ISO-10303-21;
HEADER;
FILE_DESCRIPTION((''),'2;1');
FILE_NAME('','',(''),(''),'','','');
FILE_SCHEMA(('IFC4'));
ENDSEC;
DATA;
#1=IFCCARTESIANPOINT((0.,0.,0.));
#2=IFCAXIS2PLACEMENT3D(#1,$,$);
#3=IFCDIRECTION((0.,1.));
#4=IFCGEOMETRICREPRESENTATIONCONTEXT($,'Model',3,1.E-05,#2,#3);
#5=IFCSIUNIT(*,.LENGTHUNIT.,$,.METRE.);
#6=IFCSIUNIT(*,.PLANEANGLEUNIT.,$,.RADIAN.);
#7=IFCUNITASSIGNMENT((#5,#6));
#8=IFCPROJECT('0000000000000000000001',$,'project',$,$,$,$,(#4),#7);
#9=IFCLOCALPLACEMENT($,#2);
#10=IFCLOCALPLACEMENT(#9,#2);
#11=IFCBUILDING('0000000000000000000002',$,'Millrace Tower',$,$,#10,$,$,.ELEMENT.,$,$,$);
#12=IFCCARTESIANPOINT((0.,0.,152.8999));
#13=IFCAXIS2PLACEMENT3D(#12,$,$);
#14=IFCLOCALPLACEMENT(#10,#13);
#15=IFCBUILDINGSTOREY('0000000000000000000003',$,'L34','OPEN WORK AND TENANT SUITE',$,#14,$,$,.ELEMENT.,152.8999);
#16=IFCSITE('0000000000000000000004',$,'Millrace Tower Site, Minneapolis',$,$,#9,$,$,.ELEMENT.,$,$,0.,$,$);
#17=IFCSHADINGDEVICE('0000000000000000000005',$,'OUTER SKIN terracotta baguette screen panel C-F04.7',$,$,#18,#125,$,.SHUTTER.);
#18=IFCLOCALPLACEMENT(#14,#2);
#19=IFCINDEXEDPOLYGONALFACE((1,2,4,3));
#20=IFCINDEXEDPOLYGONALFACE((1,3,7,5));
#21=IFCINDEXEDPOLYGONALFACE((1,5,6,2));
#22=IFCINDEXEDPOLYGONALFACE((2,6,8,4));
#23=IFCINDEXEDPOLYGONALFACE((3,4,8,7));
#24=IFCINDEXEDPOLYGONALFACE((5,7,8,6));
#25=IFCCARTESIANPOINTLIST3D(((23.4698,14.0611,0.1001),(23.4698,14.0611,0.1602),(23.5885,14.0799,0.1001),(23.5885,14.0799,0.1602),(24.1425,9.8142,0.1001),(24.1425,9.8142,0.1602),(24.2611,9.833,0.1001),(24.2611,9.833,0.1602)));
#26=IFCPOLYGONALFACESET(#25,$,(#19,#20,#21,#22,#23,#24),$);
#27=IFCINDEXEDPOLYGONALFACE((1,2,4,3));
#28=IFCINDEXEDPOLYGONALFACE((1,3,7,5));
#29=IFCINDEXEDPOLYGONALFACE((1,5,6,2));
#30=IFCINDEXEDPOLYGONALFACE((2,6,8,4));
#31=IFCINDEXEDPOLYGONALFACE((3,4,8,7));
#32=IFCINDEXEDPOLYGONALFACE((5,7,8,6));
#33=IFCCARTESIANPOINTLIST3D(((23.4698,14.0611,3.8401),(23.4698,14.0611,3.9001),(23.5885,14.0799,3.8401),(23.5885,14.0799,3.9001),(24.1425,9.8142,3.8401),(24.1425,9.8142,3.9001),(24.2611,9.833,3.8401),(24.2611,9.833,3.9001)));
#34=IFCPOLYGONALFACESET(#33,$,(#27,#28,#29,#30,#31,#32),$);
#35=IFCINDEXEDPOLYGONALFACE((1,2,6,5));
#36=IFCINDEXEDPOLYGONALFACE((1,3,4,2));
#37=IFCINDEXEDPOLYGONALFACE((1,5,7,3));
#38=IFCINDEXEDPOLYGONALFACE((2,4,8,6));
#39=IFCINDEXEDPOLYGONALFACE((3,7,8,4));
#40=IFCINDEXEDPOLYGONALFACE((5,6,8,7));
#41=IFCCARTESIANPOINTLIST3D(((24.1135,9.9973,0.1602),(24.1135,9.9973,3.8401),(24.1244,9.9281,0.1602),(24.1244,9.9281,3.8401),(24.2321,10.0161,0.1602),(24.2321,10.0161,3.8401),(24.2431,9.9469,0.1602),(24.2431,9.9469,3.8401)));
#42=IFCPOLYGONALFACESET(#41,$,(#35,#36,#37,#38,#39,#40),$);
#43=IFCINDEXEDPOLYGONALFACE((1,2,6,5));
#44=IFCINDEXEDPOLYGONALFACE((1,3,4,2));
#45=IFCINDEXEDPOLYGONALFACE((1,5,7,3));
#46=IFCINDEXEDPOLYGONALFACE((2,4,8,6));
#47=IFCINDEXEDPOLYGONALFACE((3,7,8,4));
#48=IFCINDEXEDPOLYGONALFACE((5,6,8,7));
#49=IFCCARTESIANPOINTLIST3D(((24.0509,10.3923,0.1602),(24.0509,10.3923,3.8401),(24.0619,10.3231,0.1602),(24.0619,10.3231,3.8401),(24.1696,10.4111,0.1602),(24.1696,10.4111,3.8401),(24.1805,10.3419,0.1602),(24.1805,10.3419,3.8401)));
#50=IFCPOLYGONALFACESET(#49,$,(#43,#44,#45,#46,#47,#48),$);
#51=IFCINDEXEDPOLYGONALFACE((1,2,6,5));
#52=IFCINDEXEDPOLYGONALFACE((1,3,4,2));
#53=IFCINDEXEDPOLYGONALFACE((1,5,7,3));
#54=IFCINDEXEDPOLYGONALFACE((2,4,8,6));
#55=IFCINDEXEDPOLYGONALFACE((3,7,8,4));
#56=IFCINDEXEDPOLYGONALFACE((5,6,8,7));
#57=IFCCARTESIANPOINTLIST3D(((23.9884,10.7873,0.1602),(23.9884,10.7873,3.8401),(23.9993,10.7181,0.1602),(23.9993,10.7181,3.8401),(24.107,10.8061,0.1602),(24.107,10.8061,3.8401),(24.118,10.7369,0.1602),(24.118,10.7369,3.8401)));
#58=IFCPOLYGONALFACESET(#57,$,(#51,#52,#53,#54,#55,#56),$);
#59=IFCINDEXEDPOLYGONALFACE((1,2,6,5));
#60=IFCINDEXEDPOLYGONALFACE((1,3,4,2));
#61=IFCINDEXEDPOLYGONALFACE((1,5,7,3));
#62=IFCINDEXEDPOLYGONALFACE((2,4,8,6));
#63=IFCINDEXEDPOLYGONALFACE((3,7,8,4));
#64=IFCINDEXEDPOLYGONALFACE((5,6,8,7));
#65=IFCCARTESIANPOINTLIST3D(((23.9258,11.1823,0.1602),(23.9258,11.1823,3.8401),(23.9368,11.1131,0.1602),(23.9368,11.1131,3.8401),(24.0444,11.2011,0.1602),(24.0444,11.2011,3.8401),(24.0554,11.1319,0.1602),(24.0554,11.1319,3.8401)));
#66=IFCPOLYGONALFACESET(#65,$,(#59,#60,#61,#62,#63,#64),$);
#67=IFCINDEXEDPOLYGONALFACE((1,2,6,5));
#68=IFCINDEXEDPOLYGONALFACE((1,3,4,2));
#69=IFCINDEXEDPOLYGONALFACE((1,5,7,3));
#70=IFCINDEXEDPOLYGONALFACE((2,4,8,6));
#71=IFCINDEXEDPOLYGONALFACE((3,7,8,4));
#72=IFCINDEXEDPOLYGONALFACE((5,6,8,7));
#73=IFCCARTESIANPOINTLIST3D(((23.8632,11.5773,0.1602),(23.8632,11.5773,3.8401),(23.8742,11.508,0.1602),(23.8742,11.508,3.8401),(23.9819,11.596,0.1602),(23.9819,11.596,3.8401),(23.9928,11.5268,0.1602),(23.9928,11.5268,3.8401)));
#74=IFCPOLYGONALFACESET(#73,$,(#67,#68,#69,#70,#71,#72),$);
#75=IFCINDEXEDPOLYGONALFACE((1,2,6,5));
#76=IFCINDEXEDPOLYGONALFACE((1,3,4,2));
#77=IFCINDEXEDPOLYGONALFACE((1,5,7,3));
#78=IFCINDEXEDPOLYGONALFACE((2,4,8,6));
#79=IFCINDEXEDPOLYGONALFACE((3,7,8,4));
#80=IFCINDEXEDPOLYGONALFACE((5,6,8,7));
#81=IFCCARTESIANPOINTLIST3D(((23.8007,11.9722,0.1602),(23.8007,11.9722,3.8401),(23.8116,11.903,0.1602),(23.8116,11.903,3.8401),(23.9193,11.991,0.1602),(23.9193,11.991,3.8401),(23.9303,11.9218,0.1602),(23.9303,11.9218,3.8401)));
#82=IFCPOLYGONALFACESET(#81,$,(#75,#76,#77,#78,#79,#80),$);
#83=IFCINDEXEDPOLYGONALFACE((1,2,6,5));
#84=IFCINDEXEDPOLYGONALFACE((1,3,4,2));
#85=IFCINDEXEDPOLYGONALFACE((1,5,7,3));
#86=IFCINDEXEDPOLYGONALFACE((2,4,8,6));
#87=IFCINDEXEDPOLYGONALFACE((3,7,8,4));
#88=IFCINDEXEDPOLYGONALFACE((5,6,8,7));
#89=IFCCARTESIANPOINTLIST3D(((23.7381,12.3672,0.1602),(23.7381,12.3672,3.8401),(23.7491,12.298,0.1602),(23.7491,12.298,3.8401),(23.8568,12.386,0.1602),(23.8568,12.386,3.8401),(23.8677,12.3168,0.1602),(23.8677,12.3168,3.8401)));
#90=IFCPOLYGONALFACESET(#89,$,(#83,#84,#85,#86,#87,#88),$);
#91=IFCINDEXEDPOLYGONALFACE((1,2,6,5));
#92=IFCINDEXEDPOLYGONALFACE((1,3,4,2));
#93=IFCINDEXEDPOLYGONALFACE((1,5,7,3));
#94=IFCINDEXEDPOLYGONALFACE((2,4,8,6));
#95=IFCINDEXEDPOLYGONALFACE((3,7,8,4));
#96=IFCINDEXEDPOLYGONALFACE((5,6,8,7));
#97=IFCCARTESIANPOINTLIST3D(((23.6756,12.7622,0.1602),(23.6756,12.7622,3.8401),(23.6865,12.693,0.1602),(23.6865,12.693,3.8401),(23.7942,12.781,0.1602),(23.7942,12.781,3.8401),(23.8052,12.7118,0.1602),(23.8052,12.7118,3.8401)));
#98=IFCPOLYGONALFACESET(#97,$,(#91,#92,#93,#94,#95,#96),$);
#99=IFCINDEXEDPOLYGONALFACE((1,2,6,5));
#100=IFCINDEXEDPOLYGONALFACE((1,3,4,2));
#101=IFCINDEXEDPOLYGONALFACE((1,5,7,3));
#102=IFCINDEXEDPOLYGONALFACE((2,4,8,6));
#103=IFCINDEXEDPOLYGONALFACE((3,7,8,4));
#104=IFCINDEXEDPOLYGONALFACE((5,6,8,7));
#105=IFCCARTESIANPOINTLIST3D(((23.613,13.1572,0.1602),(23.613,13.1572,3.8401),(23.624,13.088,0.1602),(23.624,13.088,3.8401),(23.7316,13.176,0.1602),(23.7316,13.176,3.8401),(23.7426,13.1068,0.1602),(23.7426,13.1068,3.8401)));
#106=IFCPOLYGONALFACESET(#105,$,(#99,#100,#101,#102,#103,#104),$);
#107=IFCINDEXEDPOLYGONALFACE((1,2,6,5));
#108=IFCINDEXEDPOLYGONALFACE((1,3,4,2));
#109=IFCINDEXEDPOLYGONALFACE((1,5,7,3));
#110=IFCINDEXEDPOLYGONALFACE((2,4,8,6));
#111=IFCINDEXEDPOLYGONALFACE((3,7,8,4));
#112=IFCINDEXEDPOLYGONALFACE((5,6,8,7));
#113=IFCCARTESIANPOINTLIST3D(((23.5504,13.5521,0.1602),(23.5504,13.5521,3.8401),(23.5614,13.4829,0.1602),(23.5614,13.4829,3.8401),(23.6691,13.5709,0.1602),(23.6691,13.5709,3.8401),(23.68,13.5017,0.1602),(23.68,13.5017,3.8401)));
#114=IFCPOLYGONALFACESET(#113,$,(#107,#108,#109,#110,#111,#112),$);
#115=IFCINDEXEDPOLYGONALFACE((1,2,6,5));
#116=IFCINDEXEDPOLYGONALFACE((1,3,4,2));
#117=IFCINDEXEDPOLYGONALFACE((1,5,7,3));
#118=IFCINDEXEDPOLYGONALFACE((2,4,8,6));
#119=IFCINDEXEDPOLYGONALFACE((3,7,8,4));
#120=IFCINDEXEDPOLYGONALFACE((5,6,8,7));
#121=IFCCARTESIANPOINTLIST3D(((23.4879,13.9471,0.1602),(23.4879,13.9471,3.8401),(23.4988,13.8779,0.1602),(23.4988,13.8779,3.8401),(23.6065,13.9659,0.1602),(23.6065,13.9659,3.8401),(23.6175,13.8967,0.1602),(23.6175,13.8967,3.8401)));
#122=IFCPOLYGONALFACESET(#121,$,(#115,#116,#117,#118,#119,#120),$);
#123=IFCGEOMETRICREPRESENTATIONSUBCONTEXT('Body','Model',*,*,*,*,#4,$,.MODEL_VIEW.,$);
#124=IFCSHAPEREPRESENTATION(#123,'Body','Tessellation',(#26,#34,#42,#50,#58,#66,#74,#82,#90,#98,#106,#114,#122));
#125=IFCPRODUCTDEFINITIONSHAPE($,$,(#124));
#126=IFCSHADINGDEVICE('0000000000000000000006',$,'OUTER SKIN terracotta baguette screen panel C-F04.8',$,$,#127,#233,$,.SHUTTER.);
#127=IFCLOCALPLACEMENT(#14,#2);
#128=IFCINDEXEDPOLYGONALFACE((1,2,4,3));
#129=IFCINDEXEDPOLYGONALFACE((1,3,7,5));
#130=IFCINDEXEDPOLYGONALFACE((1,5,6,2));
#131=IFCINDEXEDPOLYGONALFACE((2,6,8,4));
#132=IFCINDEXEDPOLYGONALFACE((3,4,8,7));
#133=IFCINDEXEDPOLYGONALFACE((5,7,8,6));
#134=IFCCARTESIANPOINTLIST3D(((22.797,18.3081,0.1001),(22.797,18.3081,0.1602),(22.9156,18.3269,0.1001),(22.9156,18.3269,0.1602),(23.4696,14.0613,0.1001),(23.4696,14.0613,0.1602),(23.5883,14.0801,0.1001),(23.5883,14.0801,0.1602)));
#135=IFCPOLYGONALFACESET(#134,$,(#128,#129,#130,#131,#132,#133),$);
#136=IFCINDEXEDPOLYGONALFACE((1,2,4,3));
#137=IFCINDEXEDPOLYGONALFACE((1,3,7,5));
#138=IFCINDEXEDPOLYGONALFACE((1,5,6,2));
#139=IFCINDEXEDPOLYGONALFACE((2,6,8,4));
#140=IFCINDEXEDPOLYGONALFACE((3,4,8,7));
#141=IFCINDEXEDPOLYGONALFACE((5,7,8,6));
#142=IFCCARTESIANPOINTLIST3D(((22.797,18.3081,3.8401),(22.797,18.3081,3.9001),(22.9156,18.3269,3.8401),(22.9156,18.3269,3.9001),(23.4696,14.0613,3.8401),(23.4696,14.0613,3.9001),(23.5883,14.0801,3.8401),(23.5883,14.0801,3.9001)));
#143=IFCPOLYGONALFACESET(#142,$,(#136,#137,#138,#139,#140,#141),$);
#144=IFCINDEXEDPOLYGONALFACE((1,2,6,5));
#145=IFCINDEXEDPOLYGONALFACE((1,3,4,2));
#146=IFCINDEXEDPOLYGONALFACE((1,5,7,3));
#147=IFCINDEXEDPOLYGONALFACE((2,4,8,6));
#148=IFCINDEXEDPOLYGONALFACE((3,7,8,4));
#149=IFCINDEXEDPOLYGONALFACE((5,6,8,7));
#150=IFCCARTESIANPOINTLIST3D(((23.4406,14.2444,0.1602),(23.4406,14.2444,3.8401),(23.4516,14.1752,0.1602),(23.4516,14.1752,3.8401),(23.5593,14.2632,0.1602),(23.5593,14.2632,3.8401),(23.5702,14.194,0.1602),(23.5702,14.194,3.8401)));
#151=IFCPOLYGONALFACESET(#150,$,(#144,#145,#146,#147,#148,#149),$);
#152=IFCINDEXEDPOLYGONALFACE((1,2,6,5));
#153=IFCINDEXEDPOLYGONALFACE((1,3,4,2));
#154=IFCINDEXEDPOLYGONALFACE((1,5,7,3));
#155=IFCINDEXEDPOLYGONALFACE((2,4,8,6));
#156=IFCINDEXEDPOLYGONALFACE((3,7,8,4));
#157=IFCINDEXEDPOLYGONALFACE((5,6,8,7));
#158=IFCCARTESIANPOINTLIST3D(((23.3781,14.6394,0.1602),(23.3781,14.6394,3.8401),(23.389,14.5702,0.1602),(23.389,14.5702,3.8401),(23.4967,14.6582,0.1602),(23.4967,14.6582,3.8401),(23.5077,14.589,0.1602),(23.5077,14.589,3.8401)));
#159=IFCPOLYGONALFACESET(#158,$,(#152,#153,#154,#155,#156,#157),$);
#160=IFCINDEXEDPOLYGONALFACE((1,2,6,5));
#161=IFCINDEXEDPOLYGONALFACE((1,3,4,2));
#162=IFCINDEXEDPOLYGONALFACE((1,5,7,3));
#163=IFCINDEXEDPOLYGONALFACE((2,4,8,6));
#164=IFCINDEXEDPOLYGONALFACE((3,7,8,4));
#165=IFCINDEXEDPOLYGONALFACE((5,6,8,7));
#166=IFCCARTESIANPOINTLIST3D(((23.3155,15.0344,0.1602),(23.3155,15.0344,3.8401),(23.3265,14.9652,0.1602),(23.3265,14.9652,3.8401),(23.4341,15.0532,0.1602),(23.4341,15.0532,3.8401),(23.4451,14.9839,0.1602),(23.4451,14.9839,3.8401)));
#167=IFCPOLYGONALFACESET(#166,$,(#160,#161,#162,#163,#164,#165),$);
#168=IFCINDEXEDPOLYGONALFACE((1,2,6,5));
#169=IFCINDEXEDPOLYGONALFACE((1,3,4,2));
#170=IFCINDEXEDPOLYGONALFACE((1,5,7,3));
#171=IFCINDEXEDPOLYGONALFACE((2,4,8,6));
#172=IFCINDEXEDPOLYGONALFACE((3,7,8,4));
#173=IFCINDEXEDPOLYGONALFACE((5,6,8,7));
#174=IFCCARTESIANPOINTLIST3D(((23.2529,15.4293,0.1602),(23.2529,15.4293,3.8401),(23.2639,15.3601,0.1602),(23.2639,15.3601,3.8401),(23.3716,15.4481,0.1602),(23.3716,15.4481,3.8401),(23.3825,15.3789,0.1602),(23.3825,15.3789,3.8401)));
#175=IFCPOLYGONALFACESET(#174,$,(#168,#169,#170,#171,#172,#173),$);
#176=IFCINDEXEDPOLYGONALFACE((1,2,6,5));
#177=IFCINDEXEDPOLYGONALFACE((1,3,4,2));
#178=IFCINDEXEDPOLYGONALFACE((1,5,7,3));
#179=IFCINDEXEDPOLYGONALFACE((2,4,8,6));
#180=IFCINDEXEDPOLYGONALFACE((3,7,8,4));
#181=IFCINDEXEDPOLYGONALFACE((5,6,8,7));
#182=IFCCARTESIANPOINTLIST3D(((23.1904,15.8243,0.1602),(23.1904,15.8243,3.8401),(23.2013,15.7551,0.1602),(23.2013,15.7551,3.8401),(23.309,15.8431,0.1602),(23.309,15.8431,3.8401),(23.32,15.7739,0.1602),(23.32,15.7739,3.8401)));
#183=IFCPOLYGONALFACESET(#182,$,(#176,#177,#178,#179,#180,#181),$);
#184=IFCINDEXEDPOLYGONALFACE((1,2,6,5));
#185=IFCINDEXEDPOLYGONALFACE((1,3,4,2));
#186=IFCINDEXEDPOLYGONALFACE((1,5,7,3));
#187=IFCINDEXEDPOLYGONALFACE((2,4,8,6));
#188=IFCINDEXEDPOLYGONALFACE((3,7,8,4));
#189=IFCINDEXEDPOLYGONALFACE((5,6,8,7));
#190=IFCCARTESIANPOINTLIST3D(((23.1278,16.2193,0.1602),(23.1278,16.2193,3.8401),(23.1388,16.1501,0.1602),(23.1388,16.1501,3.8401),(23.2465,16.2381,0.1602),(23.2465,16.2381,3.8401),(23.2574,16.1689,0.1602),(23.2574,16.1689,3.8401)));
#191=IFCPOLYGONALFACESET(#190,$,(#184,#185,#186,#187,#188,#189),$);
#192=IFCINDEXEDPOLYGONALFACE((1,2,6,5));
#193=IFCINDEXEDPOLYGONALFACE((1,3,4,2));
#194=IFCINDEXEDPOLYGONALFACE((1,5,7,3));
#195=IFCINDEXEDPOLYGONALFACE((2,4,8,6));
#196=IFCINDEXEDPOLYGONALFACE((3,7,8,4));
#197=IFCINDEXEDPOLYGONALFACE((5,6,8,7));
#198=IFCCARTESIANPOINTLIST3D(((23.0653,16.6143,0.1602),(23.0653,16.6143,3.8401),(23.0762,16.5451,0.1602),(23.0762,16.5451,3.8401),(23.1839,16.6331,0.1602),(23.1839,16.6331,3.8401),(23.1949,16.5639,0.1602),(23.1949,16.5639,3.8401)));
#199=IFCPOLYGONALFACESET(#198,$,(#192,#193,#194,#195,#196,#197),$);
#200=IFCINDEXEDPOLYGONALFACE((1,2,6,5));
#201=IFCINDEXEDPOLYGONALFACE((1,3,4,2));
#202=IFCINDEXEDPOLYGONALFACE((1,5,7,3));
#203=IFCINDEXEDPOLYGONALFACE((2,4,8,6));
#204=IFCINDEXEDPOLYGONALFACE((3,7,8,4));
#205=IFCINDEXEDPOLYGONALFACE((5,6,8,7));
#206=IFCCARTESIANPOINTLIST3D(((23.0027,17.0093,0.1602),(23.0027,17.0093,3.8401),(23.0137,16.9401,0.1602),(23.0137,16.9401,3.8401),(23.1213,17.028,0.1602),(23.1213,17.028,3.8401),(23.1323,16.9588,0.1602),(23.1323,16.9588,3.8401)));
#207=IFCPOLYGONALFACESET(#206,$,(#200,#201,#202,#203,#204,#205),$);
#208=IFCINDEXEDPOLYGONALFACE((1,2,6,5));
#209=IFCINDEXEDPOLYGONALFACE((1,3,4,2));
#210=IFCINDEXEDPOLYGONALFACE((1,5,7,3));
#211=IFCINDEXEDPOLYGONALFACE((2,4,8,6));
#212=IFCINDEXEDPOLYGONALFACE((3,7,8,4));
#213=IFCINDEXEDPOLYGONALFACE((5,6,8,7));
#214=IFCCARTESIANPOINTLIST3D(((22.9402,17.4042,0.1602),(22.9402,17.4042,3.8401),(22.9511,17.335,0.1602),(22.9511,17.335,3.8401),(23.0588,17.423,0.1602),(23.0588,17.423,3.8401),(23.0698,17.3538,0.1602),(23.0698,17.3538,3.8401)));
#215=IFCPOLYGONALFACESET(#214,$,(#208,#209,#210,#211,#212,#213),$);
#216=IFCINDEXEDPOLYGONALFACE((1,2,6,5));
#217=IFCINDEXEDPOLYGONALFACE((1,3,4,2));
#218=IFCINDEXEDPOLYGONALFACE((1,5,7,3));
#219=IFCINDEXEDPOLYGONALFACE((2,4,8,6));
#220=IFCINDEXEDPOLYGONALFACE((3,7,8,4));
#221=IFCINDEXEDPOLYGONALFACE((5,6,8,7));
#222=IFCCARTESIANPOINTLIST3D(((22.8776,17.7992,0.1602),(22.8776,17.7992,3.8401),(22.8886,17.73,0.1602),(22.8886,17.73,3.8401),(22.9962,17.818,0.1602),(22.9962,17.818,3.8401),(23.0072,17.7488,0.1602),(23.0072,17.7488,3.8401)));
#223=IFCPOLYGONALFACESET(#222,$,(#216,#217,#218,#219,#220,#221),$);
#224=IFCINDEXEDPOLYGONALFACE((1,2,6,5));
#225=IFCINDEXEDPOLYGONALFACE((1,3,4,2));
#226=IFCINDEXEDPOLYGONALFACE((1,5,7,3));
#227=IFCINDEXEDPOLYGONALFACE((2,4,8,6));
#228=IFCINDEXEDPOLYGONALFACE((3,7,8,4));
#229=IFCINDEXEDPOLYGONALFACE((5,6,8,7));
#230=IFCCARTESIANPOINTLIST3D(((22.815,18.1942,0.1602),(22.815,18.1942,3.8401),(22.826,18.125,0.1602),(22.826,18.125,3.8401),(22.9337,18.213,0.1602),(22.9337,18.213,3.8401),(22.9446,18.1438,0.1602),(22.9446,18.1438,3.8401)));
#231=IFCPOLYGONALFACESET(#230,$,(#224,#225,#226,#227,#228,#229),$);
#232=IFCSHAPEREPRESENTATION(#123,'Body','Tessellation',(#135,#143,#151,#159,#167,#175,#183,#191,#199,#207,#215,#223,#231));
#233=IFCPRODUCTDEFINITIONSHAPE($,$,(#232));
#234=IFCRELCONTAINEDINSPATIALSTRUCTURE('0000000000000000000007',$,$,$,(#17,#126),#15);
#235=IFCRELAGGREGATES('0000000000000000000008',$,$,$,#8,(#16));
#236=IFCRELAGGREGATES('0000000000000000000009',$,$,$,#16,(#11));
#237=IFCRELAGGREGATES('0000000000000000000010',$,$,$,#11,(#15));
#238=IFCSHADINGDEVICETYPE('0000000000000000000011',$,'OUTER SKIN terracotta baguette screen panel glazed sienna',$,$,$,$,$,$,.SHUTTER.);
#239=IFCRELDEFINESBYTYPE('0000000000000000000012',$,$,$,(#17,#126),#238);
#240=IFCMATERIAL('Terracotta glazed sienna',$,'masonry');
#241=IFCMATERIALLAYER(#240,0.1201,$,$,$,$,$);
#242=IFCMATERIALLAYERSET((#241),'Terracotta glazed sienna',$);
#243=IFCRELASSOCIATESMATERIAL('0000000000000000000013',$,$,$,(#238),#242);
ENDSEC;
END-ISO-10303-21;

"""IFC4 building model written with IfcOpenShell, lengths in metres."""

from ifc_helpers import new_model, entity, si_unit, direction, frame, frame_2d, origin, origin_2d, place, context, subcontext, project, spatial, rectangle, extrude, source, transform, mapped, material, layer, layer_set, type_object, element, save


model = new_model("IFC4")

# Units and contexts
model_context = context("Model", 3, precision=1e-05, world=origin(), true_north=direction((0.0, 1.0)))
body_context = subcontext(model_context, "Body", "Model", "MODEL_VIEW")
ifc_project = project(units=[si_unit("LENGTHUNIT", "METRE"), si_unit("PLANEANGLEUNIT", "RADIAN")], contexts=[model_context])

# Site, building, storey
site_placement = place(None, origin())
site = spatial("IfcSite", under=ifc_project, at=site_placement, Name="Millrace Tower Site, Minneapolis", CompositionType="ELEMENT", RefElevation=0.0)
building_placement = place(site_placement, origin())
building = spatial("IfcBuilding", under=site, at=building_placement, Name="Millrace Tower", CompositionType="ELEMENT")
storey_placement = place(building_placement, frame((0.0, 0.0, 152.8999)))
storey = spatial("IfcBuildingStorey", under=building, at=storey_placement, Name="L34", Description="OPEN WORK AND TENANT SUITE", CompositionType="ELEMENT", Elevation=152.8999)

# Shading devices
ifc_material_1 = material(Name="Terracotta glazed sienna", Category="masonry")
ifc_layer_1 = layer(ifc_material_1, 0.1201)
ifc_layer_set_1 = layer_set([ifc_layer_1], Name="Terracotta glazed sienna")
shading_device_type = type_object("IfcShadingDeviceType", Name="OUTER SKIN terracotta baguette screen panel glazed sienna", PredefinedType="SHUTTER", material=ifc_layer_set_1)
cartesian_point_1 = entity("IfcCartesianPoint", [-2.1499, 0.0601])
shared_polyline_1 = entity("IfcPolyline", [cartesian_point_1, entity("IfcCartesianPoint", [2.1499, 0.0601]), entity("IfcCartesianPoint", [2.1499, -0.0601]), entity("IfcCartesianPoint", [-2.1499, -0.0601]), cartesian_point_1])
shared_shape_1 = source(origin(), body_context, "Body", "SweptSolid", [
    entity("IfcExtrudedAreaSolid", entity("IfcArbitraryClosedProfileDef", "AREA", None, shared_polyline_1), entity("IfcAxis2Placement3D", entity("IfcCartesianPoint", [0.0, 0.0, 0.0])), entity("IfcDirection", [0.0, 0.0, 1.0]), 0.0601),
    entity("IfcExtrudedAreaSolid", entity("IfcArbitraryClosedProfileDef", "AREA", None, shared_polyline_1), entity("IfcAxis2Placement3D", entity("IfcCartesianPoint", [0.0, 0.0, 3.74])), entity("IfcDirection", [0.0, 0.0, 1.0]), 0.0601),
    extrude(rectangle(XDim=0.0701, YDim=0.1201, at=frame_2d((-1.9995, 0.0))), frame((0.0, 0.0, 0.0601)), (0.0, 0.0, 1.0), 3.6799),
    extrude(rectangle(XDim=0.0701, YDim=0.1201, at=frame_2d((-1.5996, 0.0))), frame((0.0, 0.0, 0.0601)), (0.0, 0.0, 1.0), 3.6799),
    extrude(rectangle(XDim=0.0701, YDim=0.1201, at=frame_2d((-1.1997, 0.0))), frame((0.0, 0.0, 0.0601)), (0.0, 0.0, 1.0), 3.6799),
    extrude(rectangle(XDim=0.0701, YDim=0.1201, at=frame_2d((-0.7998, 0.0))), frame((0.0, 0.0, 0.0601)), (0.0, 0.0, 1.0), 3.6799),
    extrude(rectangle(XDim=0.0701, YDim=0.1201, at=frame_2d((-0.3999, 0.0))), frame((0.0, 0.0, 0.0601)), (0.0, 0.0, 1.0), 3.6799),
    extrude(rectangle(XDim=0.0701, YDim=0.1201, at=origin_2d()), frame((0.0, 0.0, 0.0601)), (0.0, 0.0, 1.0), 3.6799),
    extrude(rectangle(XDim=0.0701, YDim=0.1201, at=frame_2d((0.3999, 0.0))), frame((0.0, 0.0, 0.0601)), (0.0, 0.0, 1.0), 3.6799),
    extrude(rectangle(XDim=0.0701, YDim=0.1201, at=frame_2d((0.7998, 0.0))), frame((0.0, 0.0, 0.0601)), (0.0, 0.0, 1.0), 3.6799),
    extrude(rectangle(XDim=0.0701, YDim=0.1201, at=frame_2d((1.1997, 0.0))), frame((0.0, 0.0, 0.0601)), (0.0, 0.0, 1.0), 3.6799),
    extrude(rectangle(XDim=0.0701, YDim=0.1201, at=frame_2d((1.5996, 0.0))), frame((0.0, 0.0, 0.0601)), (0.0, 0.0, 1.0), 3.6799),
    extrude(rectangle(XDim=0.0701, YDim=0.1201, at=frame_2d((1.9995, 0.0))), frame((0.0, 0.0, 0.0601)), (0.0, 0.0, 1.0), 3.6799),
])
for number, where, z_axis, x_axis, name in (
    (1, (23.8655, 11.947, 0.1001), (0.0, 0.0, 1.0), (-0.156434, 0.987688, 0.0), "OUTER SKIN terracotta baguette screen panel C-F04.7"),
    (2, (23.1926, 16.1941, 0.1001), (0.0, 0.0, 1.0), (-0.156434, 0.987688, 0.0), "OUTER SKIN terracotta baguette screen panel C-F04.8"),
):
    element("IfcShadingDevice", number, at=place(storey_placement, frame(where, z_axis=z_axis, x_axis=x_axis)), inside=storey, type_object=shading_device_type, Name=name, PredefinedType="SHUTTER", context=body_context, shape_type="MappedRepresentation", body=[
        mapped(shared_shape_1, transform((0.0, 0.0, 0.0), scale=1.0)),
    ])

save(model, "model.ifc")
